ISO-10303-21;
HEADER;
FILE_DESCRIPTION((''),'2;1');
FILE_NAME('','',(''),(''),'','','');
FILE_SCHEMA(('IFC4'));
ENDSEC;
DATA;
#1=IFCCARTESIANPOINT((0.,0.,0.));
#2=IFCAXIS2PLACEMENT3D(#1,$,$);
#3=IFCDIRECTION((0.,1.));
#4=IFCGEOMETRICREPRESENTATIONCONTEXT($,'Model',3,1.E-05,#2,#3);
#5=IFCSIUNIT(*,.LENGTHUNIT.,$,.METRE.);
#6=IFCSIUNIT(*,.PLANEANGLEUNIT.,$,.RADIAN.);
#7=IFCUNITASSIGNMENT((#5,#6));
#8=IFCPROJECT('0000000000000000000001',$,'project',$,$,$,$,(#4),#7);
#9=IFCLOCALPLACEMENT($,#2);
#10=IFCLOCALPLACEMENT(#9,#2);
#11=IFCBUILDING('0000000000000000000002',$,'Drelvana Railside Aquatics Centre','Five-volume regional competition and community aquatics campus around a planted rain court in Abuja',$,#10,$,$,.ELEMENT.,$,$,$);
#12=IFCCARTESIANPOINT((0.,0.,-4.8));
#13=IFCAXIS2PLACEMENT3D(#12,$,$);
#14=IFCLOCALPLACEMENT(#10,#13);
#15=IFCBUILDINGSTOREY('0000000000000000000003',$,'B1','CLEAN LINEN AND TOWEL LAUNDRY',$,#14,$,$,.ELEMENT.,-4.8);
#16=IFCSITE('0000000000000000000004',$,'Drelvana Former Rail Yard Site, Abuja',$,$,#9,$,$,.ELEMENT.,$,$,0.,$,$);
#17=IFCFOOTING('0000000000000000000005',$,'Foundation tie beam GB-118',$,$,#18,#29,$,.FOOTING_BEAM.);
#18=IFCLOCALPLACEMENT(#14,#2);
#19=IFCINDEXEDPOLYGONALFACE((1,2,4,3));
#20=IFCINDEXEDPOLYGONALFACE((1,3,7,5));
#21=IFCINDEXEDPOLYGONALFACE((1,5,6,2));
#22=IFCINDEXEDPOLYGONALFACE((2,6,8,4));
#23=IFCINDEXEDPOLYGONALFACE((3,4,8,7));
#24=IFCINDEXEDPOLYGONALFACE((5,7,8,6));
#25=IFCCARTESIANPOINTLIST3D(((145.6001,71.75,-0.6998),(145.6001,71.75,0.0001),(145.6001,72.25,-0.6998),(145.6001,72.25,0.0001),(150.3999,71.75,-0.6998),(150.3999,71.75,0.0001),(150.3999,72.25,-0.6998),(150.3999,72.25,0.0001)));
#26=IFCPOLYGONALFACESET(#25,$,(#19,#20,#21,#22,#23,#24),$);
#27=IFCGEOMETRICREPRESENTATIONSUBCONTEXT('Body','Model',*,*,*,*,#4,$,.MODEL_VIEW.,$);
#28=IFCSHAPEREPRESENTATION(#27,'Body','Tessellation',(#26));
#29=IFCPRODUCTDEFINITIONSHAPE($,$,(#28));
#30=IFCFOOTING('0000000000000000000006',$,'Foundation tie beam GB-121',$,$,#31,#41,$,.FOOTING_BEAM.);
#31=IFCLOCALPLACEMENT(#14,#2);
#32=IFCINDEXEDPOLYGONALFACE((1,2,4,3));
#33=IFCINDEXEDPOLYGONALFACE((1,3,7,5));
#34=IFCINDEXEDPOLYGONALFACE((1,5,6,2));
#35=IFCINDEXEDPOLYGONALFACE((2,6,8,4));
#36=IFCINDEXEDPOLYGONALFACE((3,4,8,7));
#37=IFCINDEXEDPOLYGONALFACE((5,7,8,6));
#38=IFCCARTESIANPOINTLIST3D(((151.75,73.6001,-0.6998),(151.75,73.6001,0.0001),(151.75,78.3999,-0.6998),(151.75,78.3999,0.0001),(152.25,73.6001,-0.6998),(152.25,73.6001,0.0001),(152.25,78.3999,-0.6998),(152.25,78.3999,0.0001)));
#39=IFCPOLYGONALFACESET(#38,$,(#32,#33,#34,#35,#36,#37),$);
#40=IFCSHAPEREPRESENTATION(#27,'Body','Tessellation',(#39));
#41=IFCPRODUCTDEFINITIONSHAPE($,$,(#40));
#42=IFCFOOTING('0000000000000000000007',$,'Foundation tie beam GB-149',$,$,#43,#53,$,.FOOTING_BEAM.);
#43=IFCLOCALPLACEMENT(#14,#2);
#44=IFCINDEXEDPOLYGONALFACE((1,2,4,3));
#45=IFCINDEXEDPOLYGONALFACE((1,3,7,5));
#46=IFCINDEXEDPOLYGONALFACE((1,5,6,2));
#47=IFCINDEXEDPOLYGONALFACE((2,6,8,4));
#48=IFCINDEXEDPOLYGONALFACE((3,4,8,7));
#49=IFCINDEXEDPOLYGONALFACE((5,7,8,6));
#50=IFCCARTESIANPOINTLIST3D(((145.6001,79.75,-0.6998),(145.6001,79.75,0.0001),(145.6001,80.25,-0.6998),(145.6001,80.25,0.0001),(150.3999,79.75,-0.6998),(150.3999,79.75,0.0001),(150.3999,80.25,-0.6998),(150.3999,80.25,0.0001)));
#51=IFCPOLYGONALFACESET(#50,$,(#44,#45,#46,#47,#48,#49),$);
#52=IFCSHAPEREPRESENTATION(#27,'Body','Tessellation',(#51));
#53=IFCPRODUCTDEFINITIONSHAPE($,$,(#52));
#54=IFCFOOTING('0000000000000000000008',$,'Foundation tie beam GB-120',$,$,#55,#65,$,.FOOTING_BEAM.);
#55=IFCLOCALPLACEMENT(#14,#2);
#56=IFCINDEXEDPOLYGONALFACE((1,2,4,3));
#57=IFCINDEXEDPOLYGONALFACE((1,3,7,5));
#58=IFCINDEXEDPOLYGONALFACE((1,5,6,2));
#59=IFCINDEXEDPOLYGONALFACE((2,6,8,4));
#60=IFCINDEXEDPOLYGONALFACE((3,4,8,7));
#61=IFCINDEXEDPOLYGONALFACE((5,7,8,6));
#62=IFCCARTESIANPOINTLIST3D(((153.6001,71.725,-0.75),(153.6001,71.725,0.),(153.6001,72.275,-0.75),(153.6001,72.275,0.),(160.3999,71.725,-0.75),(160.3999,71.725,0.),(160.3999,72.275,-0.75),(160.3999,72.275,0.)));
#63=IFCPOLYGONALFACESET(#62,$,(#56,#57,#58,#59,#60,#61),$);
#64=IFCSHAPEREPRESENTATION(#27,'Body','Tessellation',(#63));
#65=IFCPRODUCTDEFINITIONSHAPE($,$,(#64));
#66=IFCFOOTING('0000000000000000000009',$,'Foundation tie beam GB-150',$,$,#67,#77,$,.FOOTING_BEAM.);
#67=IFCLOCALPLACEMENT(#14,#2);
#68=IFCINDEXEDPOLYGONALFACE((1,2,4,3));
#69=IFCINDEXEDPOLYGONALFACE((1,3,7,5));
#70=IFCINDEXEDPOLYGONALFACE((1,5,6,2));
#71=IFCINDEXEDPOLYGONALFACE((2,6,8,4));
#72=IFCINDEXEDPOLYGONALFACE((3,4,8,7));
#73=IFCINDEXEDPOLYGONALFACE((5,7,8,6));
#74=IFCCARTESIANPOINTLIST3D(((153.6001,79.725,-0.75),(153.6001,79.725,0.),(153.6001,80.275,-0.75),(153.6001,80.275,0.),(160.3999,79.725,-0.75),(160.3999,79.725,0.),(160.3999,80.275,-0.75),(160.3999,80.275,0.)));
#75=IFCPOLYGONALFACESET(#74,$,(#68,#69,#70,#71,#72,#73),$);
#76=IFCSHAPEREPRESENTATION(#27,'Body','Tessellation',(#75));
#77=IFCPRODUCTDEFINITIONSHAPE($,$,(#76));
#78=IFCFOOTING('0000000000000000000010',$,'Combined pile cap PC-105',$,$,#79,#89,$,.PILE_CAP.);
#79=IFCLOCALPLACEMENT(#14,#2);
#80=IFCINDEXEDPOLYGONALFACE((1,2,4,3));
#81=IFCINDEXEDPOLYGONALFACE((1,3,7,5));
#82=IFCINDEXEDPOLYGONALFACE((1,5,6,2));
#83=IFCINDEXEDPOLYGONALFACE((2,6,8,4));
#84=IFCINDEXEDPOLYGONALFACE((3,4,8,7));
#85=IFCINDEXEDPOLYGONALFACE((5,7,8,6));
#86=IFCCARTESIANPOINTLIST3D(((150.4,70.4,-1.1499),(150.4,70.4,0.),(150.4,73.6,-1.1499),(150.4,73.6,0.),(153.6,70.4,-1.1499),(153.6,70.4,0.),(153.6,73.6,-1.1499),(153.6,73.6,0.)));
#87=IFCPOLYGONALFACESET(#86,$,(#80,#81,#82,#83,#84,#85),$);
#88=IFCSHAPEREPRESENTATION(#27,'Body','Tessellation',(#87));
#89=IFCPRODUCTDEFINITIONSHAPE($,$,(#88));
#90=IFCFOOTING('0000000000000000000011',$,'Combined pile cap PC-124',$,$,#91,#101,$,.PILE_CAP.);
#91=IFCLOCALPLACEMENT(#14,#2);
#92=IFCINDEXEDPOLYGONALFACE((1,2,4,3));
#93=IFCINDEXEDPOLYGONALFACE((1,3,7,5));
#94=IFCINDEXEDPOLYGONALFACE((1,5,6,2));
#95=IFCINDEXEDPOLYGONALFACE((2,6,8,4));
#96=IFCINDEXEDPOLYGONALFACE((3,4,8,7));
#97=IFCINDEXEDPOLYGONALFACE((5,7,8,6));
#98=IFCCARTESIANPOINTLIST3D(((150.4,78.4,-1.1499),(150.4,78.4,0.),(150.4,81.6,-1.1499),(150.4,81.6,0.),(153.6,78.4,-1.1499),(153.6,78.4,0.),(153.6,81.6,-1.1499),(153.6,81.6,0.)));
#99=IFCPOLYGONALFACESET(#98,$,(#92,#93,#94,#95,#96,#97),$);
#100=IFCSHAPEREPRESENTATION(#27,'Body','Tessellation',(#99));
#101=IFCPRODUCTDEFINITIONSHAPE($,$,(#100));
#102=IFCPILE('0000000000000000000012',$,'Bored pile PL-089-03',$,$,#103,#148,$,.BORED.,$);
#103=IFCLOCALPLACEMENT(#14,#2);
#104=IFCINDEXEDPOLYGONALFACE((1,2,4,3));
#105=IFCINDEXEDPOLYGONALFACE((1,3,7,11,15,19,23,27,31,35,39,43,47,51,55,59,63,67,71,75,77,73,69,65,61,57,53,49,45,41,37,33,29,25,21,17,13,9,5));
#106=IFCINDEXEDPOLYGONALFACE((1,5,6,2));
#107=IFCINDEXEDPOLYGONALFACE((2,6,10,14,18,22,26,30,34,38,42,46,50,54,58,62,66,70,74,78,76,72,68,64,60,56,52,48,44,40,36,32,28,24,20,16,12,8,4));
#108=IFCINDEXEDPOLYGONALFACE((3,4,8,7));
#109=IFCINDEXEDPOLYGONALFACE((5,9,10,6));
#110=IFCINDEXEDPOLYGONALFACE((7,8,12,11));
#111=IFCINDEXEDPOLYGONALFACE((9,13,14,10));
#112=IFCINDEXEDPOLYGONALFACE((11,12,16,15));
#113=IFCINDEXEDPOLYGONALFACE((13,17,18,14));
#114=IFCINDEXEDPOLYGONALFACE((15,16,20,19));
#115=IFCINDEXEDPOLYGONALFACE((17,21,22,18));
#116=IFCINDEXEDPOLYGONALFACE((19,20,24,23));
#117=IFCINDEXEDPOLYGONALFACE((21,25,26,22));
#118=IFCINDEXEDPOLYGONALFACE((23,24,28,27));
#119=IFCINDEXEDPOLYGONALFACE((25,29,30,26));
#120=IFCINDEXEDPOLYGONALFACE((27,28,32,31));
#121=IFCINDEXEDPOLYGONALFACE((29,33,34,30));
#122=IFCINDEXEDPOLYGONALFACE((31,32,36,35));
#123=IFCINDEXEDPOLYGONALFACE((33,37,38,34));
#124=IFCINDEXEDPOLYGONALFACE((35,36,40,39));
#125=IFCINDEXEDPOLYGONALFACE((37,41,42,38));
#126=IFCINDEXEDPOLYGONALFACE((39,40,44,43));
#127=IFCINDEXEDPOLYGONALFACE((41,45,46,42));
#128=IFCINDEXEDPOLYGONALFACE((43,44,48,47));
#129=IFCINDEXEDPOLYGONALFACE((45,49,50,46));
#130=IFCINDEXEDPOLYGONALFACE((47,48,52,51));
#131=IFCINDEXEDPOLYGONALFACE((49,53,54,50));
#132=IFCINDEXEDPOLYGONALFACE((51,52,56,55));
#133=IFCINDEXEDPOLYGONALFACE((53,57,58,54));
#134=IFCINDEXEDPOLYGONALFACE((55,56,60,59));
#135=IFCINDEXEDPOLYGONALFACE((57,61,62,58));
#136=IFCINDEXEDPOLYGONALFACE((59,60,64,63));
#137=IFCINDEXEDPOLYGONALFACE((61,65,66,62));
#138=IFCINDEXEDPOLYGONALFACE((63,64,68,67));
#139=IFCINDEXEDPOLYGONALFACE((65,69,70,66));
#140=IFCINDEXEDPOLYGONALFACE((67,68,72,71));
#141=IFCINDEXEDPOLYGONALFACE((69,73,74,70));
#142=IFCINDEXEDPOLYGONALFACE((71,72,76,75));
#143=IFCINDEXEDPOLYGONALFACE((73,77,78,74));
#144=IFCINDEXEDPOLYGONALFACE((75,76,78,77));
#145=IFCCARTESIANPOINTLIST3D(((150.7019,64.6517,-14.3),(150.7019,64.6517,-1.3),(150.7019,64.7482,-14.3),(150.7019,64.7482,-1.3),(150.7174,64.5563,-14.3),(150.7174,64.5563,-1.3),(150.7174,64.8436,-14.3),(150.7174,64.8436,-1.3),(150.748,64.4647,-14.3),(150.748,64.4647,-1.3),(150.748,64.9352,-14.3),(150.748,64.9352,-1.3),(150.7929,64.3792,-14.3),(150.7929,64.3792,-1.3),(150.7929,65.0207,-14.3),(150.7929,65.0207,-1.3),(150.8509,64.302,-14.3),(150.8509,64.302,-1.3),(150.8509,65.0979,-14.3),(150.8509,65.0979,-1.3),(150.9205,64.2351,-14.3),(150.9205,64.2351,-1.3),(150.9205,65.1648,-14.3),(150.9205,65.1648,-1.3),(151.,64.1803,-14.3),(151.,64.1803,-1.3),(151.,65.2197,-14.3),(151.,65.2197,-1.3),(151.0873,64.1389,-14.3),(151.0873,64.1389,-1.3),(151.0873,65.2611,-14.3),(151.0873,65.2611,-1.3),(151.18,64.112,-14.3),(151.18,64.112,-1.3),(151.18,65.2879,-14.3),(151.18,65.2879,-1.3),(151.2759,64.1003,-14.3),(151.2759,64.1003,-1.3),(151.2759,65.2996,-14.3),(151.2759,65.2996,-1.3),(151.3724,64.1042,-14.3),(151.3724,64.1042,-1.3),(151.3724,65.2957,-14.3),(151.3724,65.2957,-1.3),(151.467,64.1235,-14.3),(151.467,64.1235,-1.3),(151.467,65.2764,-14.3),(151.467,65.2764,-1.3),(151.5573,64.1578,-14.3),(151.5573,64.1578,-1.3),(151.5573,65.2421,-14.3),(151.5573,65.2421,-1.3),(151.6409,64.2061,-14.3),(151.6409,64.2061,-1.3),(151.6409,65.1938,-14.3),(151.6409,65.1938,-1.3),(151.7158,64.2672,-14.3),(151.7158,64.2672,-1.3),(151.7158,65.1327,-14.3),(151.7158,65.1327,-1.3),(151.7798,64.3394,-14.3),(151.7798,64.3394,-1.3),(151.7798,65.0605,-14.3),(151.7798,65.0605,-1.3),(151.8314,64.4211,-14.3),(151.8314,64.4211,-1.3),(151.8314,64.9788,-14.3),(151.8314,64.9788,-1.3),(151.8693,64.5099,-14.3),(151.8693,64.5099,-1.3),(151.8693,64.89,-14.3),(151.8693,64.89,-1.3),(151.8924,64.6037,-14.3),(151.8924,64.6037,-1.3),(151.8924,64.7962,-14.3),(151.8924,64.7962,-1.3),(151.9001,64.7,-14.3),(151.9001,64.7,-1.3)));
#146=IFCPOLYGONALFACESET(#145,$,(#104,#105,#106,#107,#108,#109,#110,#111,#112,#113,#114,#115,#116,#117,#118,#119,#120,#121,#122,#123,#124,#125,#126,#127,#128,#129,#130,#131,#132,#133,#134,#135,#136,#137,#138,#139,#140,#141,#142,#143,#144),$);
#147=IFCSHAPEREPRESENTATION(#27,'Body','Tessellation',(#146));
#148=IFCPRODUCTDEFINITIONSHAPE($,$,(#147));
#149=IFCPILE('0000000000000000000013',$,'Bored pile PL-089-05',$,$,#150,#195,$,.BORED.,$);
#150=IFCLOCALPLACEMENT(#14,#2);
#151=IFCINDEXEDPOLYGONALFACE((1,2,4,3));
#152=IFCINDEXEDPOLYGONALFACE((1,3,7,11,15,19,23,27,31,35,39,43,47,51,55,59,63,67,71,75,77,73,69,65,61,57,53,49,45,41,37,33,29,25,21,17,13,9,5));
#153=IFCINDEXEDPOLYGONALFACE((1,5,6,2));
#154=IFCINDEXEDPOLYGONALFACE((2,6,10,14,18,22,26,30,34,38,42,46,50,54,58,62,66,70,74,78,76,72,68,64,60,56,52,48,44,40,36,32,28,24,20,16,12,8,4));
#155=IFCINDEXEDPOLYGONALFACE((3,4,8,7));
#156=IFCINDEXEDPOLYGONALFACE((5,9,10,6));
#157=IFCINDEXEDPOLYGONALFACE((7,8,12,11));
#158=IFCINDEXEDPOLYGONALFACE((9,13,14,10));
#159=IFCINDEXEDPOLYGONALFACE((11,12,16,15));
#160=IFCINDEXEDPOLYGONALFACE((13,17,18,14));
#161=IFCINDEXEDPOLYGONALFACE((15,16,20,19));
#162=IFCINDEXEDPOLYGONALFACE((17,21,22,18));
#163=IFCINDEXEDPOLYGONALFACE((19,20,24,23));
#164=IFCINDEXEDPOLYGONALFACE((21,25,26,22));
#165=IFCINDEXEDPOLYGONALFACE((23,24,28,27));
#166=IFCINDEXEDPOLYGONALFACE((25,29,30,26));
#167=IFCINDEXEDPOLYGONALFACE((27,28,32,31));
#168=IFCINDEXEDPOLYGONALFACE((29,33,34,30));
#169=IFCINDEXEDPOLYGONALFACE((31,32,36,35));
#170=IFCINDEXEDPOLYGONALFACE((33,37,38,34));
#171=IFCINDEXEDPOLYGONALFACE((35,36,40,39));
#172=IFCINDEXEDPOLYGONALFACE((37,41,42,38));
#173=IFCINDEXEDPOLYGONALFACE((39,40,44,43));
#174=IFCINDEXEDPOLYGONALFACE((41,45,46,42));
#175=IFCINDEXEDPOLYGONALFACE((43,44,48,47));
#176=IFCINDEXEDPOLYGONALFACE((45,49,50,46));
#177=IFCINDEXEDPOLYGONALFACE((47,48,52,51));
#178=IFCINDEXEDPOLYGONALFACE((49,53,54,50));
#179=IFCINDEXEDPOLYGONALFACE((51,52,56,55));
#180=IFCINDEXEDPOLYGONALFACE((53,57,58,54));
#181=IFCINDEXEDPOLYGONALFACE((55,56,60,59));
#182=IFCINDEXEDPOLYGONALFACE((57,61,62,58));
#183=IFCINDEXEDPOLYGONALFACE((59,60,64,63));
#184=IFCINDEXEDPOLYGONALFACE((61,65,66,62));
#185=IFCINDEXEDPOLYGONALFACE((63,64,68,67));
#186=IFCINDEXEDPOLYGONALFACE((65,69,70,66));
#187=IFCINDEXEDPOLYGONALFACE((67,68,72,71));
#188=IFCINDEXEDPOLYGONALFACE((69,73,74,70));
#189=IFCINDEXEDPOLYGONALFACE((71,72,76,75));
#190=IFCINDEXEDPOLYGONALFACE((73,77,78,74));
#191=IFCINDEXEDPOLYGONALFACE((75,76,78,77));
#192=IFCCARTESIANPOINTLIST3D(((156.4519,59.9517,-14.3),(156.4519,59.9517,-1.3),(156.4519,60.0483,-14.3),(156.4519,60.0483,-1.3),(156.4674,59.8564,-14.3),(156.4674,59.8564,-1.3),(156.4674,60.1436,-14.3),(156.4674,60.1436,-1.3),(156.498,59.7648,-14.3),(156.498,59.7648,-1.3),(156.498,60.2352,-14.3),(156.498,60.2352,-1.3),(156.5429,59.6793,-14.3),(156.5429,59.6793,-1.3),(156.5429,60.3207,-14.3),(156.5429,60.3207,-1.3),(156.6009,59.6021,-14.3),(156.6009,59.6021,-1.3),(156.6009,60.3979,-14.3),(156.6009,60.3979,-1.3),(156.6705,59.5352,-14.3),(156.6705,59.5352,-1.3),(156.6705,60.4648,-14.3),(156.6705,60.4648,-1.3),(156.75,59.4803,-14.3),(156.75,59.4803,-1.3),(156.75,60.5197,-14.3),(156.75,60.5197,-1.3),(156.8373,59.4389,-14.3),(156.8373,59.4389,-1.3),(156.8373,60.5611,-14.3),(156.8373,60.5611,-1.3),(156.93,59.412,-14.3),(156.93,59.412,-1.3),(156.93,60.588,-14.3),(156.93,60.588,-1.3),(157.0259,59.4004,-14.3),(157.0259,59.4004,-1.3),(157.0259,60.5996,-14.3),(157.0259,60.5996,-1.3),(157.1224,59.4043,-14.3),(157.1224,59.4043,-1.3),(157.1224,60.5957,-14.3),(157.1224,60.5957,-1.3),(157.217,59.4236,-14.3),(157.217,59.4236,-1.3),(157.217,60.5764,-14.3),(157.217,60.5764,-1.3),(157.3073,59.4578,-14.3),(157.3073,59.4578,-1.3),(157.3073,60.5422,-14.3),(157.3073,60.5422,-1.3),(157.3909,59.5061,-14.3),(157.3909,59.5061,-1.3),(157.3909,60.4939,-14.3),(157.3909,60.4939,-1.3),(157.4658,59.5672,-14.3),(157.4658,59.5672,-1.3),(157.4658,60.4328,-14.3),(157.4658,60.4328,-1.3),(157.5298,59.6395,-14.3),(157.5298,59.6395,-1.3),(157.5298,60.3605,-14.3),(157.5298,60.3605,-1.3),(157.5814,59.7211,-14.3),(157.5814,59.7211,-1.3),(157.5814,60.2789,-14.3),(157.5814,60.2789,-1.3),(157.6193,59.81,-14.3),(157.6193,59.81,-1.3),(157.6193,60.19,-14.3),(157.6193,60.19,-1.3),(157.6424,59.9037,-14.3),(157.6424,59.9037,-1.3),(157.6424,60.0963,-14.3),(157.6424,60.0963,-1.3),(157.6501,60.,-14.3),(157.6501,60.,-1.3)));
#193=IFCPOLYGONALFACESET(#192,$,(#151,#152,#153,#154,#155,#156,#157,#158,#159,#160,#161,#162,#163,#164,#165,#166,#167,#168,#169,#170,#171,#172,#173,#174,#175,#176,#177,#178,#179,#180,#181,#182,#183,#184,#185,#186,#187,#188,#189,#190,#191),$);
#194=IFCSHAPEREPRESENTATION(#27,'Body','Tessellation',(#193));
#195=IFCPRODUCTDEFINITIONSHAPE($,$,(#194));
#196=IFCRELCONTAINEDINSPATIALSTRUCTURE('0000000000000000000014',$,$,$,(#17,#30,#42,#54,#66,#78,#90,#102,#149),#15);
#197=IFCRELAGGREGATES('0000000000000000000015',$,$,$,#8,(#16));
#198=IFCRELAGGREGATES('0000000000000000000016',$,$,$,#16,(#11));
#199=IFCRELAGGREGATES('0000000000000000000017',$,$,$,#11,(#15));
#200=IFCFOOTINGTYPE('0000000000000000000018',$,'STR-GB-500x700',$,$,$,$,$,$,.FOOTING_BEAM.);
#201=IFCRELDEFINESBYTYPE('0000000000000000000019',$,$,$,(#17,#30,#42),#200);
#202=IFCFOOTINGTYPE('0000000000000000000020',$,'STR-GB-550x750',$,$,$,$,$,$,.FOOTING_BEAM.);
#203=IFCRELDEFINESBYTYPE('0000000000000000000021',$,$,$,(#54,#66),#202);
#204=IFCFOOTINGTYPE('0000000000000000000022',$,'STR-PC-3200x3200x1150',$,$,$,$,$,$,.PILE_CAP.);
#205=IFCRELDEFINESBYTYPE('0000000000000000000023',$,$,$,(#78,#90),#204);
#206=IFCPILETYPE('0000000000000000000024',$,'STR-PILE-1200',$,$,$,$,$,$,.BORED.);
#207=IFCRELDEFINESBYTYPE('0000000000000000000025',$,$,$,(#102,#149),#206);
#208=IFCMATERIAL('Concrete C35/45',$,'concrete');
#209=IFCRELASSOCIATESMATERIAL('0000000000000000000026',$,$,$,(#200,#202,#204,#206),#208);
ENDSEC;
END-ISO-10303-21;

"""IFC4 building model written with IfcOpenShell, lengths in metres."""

from ifc_helpers import new_model, si_unit, direction, frame, origin, origin_2d, place, context, subcontext, project, spatial, rectangle, circle, extrude, material, material_profile, profile_set, type_object, element, save


model = new_model("IFC4")

# Units and contexts
model_context = context("Model", 3, precision=1e-05, world=origin(), true_north=direction((0.0, 1.0)))
body_context = subcontext(model_context, "Body", "Model", "MODEL_VIEW")
ifc_project = project(units=[si_unit("LENGTHUNIT", "METRE"), si_unit("PLANEANGLEUNIT", "RADIAN")], contexts=[model_context])

# Site, building, storey
site_placement = place(None, origin())
site = spatial("IfcSite", under=ifc_project, at=site_placement, Name="Drelvana Former Rail Yard Site, Abuja", CompositionType="ELEMENT", RefElevation=0.0)
building_placement = place(site_placement, origin())
building = spatial("IfcBuilding", under=site, at=building_placement, Name="Drelvana Railside Aquatics Centre", Description="Five-volume regional competition and community aquatics campus around a planted rain court in Abuja", CompositionType="ELEMENT")
storey_placement = place(building_placement, frame((0.0, 0.0, -4.8)))
storey = spatial("IfcBuildingStorey", under=building, at=storey_placement, Name="B1", Description="CLEAN LINEN AND TOWEL LAUNDRY", CompositionType="ELEMENT", Elevation=-4.8)

# Footings
ifc_material_1 = material(Name="Concrete C35/45", Category="concrete")
ifc_material_profile_1 = material_profile(ifc_material_1, rectangle(XDim=0.5, YDim=0.7, at=origin_2d()), Name="GB 500x700")
ifc_profile_set_1 = profile_set([ifc_material_profile_1], Name="Concrete C35/45")
footing_type_1 = type_object("IfcFootingType", Name="STR-GB-500x700", PredefinedType="FOOTING_BEAM", material=ifc_profile_set_1)
for number, where, z_axis, x_axis, name in (
    (1, (145.6001, 72.0, -0.3499), (1.0, 0.0, 0.0), (0.0, 1.0, 0.0), "Foundation tie beam GB-118"),
    (2, (152.0, 73.6001, -0.3499), (0.0, 1.0, 0.0), (-1.0, 0.0, 0.0), "Foundation tie beam GB-121"),
    (3, (145.6001, 80.0, -0.3499), (1.0, 0.0, 0.0), (0.0, 1.0, 0.0), "Foundation tie beam GB-149"),
):
    element("IfcFooting", number, at=place(storey_placement, frame(where, z_axis=z_axis, x_axis=x_axis)), inside=storey, type_object=footing_type_1, Name=name, PredefinedType="FOOTING_BEAM", context=body_context, shape_type="SweptSolid", body=[
        extrude(rectangle(XDim=0.5, YDim=0.7, at=origin_2d()), origin(), (0.0, 0.0, 1.0), 4.7998),
    ])
ifc_material_profile_2 = material_profile(ifc_material_1, rectangle(XDim=0.55, YDim=0.75, at=origin_2d()), Name="GB 550x750")
ifc_profile_set_2 = profile_set([ifc_material_profile_2], Name="Concrete C35/45")
footing_type_2 = type_object("IfcFootingType", Name="STR-GB-550x750", PredefinedType="FOOTING_BEAM", material=ifc_profile_set_2)
for number, where, z_axis, x_axis, name in (
    (4, (153.6001, 72.0, -0.375), (1.0, 0.0, 0.0), (0.0, 1.0, 0.0), "Foundation tie beam GB-120"),
    (5, (153.6001, 80.0, -0.375), (1.0, 0.0, 0.0), (0.0, 1.0, 0.0), "Foundation tie beam GB-150"),
):
    element("IfcFooting", number, at=place(storey_placement, frame(where, z_axis=z_axis, x_axis=x_axis)), inside=storey, type_object=footing_type_2, Name=name, PredefinedType="FOOTING_BEAM", context=body_context, shape_type="SweptSolid", body=[
        extrude(rectangle(XDim=0.55, YDim=0.75, at=origin_2d()), origin(), (0.0, 0.0, 1.0), 6.7998),
    ])
footing_type_3 = type_object("IfcFootingType", Name="STR-PC-3200x3200x1150", PredefinedType="PILE_CAP", material=ifc_material_1)
for number, where, z_axis, x_axis, name in (
    (6, (152.0, 72.0, -1.1499), (0.0, 0.0, 1.0), (1.0, 0.0, 0.0), "Combined pile cap PC-105"),
    (7, (152.0, 80.0, -1.1499), (0.0, 0.0, 1.0), (1.0, 0.0, 0.0), "Combined pile cap PC-124"),
):
    element("IfcFooting", number, at=place(storey_placement, frame(where, z_axis=z_axis, x_axis=x_axis)), inside=storey, type_object=footing_type_3, Name=name, PredefinedType="PILE_CAP", context=body_context, shape_type="SweptSolid", body=[
        extrude(rectangle(XDim=3.2, YDim=3.2, at=origin_2d()), origin(), (0.0, 0.0, 1.0), 1.1499),
    ])

# Piles
ifc_material_profile_3 = material_profile(ifc_material_1, circle(Radius=0.6001, at=origin_2d()), Name="PILE D1200")
ifc_profile_set_3 = profile_set([ifc_material_profile_3], Name="Concrete C35/45")
pile_type_1 = type_object("IfcPileType", Name="STR-PILE-1200", PredefinedType="BORED", material=ifc_profile_set_3)
for number, where, z_axis, x_axis, name in (
    (8, (151.3, 64.7, -1.3), (0.0, 0.0, -1.0), (1.0, 0.0, 0.0), "Bored pile PL-089-03"),
    (9, (157.05, 60.0, -1.3), (0.0, 0.0, -1.0), (1.0, 0.0, 0.0), "Bored pile PL-089-05"),
):
    element("IfcPile", number, at=place(storey_placement, frame(where, z_axis=z_axis, x_axis=x_axis)), inside=storey, type_object=pile_type_1, Name=name, PredefinedType="BORED", context=body_context, shape_type="SweptSolid", body=[
        extrude(circle(Radius=0.6001, at=origin_2d()), origin(), (0.0, 0.0, 1.0), 13.0),
    ])

save(model, "model.ifc")
